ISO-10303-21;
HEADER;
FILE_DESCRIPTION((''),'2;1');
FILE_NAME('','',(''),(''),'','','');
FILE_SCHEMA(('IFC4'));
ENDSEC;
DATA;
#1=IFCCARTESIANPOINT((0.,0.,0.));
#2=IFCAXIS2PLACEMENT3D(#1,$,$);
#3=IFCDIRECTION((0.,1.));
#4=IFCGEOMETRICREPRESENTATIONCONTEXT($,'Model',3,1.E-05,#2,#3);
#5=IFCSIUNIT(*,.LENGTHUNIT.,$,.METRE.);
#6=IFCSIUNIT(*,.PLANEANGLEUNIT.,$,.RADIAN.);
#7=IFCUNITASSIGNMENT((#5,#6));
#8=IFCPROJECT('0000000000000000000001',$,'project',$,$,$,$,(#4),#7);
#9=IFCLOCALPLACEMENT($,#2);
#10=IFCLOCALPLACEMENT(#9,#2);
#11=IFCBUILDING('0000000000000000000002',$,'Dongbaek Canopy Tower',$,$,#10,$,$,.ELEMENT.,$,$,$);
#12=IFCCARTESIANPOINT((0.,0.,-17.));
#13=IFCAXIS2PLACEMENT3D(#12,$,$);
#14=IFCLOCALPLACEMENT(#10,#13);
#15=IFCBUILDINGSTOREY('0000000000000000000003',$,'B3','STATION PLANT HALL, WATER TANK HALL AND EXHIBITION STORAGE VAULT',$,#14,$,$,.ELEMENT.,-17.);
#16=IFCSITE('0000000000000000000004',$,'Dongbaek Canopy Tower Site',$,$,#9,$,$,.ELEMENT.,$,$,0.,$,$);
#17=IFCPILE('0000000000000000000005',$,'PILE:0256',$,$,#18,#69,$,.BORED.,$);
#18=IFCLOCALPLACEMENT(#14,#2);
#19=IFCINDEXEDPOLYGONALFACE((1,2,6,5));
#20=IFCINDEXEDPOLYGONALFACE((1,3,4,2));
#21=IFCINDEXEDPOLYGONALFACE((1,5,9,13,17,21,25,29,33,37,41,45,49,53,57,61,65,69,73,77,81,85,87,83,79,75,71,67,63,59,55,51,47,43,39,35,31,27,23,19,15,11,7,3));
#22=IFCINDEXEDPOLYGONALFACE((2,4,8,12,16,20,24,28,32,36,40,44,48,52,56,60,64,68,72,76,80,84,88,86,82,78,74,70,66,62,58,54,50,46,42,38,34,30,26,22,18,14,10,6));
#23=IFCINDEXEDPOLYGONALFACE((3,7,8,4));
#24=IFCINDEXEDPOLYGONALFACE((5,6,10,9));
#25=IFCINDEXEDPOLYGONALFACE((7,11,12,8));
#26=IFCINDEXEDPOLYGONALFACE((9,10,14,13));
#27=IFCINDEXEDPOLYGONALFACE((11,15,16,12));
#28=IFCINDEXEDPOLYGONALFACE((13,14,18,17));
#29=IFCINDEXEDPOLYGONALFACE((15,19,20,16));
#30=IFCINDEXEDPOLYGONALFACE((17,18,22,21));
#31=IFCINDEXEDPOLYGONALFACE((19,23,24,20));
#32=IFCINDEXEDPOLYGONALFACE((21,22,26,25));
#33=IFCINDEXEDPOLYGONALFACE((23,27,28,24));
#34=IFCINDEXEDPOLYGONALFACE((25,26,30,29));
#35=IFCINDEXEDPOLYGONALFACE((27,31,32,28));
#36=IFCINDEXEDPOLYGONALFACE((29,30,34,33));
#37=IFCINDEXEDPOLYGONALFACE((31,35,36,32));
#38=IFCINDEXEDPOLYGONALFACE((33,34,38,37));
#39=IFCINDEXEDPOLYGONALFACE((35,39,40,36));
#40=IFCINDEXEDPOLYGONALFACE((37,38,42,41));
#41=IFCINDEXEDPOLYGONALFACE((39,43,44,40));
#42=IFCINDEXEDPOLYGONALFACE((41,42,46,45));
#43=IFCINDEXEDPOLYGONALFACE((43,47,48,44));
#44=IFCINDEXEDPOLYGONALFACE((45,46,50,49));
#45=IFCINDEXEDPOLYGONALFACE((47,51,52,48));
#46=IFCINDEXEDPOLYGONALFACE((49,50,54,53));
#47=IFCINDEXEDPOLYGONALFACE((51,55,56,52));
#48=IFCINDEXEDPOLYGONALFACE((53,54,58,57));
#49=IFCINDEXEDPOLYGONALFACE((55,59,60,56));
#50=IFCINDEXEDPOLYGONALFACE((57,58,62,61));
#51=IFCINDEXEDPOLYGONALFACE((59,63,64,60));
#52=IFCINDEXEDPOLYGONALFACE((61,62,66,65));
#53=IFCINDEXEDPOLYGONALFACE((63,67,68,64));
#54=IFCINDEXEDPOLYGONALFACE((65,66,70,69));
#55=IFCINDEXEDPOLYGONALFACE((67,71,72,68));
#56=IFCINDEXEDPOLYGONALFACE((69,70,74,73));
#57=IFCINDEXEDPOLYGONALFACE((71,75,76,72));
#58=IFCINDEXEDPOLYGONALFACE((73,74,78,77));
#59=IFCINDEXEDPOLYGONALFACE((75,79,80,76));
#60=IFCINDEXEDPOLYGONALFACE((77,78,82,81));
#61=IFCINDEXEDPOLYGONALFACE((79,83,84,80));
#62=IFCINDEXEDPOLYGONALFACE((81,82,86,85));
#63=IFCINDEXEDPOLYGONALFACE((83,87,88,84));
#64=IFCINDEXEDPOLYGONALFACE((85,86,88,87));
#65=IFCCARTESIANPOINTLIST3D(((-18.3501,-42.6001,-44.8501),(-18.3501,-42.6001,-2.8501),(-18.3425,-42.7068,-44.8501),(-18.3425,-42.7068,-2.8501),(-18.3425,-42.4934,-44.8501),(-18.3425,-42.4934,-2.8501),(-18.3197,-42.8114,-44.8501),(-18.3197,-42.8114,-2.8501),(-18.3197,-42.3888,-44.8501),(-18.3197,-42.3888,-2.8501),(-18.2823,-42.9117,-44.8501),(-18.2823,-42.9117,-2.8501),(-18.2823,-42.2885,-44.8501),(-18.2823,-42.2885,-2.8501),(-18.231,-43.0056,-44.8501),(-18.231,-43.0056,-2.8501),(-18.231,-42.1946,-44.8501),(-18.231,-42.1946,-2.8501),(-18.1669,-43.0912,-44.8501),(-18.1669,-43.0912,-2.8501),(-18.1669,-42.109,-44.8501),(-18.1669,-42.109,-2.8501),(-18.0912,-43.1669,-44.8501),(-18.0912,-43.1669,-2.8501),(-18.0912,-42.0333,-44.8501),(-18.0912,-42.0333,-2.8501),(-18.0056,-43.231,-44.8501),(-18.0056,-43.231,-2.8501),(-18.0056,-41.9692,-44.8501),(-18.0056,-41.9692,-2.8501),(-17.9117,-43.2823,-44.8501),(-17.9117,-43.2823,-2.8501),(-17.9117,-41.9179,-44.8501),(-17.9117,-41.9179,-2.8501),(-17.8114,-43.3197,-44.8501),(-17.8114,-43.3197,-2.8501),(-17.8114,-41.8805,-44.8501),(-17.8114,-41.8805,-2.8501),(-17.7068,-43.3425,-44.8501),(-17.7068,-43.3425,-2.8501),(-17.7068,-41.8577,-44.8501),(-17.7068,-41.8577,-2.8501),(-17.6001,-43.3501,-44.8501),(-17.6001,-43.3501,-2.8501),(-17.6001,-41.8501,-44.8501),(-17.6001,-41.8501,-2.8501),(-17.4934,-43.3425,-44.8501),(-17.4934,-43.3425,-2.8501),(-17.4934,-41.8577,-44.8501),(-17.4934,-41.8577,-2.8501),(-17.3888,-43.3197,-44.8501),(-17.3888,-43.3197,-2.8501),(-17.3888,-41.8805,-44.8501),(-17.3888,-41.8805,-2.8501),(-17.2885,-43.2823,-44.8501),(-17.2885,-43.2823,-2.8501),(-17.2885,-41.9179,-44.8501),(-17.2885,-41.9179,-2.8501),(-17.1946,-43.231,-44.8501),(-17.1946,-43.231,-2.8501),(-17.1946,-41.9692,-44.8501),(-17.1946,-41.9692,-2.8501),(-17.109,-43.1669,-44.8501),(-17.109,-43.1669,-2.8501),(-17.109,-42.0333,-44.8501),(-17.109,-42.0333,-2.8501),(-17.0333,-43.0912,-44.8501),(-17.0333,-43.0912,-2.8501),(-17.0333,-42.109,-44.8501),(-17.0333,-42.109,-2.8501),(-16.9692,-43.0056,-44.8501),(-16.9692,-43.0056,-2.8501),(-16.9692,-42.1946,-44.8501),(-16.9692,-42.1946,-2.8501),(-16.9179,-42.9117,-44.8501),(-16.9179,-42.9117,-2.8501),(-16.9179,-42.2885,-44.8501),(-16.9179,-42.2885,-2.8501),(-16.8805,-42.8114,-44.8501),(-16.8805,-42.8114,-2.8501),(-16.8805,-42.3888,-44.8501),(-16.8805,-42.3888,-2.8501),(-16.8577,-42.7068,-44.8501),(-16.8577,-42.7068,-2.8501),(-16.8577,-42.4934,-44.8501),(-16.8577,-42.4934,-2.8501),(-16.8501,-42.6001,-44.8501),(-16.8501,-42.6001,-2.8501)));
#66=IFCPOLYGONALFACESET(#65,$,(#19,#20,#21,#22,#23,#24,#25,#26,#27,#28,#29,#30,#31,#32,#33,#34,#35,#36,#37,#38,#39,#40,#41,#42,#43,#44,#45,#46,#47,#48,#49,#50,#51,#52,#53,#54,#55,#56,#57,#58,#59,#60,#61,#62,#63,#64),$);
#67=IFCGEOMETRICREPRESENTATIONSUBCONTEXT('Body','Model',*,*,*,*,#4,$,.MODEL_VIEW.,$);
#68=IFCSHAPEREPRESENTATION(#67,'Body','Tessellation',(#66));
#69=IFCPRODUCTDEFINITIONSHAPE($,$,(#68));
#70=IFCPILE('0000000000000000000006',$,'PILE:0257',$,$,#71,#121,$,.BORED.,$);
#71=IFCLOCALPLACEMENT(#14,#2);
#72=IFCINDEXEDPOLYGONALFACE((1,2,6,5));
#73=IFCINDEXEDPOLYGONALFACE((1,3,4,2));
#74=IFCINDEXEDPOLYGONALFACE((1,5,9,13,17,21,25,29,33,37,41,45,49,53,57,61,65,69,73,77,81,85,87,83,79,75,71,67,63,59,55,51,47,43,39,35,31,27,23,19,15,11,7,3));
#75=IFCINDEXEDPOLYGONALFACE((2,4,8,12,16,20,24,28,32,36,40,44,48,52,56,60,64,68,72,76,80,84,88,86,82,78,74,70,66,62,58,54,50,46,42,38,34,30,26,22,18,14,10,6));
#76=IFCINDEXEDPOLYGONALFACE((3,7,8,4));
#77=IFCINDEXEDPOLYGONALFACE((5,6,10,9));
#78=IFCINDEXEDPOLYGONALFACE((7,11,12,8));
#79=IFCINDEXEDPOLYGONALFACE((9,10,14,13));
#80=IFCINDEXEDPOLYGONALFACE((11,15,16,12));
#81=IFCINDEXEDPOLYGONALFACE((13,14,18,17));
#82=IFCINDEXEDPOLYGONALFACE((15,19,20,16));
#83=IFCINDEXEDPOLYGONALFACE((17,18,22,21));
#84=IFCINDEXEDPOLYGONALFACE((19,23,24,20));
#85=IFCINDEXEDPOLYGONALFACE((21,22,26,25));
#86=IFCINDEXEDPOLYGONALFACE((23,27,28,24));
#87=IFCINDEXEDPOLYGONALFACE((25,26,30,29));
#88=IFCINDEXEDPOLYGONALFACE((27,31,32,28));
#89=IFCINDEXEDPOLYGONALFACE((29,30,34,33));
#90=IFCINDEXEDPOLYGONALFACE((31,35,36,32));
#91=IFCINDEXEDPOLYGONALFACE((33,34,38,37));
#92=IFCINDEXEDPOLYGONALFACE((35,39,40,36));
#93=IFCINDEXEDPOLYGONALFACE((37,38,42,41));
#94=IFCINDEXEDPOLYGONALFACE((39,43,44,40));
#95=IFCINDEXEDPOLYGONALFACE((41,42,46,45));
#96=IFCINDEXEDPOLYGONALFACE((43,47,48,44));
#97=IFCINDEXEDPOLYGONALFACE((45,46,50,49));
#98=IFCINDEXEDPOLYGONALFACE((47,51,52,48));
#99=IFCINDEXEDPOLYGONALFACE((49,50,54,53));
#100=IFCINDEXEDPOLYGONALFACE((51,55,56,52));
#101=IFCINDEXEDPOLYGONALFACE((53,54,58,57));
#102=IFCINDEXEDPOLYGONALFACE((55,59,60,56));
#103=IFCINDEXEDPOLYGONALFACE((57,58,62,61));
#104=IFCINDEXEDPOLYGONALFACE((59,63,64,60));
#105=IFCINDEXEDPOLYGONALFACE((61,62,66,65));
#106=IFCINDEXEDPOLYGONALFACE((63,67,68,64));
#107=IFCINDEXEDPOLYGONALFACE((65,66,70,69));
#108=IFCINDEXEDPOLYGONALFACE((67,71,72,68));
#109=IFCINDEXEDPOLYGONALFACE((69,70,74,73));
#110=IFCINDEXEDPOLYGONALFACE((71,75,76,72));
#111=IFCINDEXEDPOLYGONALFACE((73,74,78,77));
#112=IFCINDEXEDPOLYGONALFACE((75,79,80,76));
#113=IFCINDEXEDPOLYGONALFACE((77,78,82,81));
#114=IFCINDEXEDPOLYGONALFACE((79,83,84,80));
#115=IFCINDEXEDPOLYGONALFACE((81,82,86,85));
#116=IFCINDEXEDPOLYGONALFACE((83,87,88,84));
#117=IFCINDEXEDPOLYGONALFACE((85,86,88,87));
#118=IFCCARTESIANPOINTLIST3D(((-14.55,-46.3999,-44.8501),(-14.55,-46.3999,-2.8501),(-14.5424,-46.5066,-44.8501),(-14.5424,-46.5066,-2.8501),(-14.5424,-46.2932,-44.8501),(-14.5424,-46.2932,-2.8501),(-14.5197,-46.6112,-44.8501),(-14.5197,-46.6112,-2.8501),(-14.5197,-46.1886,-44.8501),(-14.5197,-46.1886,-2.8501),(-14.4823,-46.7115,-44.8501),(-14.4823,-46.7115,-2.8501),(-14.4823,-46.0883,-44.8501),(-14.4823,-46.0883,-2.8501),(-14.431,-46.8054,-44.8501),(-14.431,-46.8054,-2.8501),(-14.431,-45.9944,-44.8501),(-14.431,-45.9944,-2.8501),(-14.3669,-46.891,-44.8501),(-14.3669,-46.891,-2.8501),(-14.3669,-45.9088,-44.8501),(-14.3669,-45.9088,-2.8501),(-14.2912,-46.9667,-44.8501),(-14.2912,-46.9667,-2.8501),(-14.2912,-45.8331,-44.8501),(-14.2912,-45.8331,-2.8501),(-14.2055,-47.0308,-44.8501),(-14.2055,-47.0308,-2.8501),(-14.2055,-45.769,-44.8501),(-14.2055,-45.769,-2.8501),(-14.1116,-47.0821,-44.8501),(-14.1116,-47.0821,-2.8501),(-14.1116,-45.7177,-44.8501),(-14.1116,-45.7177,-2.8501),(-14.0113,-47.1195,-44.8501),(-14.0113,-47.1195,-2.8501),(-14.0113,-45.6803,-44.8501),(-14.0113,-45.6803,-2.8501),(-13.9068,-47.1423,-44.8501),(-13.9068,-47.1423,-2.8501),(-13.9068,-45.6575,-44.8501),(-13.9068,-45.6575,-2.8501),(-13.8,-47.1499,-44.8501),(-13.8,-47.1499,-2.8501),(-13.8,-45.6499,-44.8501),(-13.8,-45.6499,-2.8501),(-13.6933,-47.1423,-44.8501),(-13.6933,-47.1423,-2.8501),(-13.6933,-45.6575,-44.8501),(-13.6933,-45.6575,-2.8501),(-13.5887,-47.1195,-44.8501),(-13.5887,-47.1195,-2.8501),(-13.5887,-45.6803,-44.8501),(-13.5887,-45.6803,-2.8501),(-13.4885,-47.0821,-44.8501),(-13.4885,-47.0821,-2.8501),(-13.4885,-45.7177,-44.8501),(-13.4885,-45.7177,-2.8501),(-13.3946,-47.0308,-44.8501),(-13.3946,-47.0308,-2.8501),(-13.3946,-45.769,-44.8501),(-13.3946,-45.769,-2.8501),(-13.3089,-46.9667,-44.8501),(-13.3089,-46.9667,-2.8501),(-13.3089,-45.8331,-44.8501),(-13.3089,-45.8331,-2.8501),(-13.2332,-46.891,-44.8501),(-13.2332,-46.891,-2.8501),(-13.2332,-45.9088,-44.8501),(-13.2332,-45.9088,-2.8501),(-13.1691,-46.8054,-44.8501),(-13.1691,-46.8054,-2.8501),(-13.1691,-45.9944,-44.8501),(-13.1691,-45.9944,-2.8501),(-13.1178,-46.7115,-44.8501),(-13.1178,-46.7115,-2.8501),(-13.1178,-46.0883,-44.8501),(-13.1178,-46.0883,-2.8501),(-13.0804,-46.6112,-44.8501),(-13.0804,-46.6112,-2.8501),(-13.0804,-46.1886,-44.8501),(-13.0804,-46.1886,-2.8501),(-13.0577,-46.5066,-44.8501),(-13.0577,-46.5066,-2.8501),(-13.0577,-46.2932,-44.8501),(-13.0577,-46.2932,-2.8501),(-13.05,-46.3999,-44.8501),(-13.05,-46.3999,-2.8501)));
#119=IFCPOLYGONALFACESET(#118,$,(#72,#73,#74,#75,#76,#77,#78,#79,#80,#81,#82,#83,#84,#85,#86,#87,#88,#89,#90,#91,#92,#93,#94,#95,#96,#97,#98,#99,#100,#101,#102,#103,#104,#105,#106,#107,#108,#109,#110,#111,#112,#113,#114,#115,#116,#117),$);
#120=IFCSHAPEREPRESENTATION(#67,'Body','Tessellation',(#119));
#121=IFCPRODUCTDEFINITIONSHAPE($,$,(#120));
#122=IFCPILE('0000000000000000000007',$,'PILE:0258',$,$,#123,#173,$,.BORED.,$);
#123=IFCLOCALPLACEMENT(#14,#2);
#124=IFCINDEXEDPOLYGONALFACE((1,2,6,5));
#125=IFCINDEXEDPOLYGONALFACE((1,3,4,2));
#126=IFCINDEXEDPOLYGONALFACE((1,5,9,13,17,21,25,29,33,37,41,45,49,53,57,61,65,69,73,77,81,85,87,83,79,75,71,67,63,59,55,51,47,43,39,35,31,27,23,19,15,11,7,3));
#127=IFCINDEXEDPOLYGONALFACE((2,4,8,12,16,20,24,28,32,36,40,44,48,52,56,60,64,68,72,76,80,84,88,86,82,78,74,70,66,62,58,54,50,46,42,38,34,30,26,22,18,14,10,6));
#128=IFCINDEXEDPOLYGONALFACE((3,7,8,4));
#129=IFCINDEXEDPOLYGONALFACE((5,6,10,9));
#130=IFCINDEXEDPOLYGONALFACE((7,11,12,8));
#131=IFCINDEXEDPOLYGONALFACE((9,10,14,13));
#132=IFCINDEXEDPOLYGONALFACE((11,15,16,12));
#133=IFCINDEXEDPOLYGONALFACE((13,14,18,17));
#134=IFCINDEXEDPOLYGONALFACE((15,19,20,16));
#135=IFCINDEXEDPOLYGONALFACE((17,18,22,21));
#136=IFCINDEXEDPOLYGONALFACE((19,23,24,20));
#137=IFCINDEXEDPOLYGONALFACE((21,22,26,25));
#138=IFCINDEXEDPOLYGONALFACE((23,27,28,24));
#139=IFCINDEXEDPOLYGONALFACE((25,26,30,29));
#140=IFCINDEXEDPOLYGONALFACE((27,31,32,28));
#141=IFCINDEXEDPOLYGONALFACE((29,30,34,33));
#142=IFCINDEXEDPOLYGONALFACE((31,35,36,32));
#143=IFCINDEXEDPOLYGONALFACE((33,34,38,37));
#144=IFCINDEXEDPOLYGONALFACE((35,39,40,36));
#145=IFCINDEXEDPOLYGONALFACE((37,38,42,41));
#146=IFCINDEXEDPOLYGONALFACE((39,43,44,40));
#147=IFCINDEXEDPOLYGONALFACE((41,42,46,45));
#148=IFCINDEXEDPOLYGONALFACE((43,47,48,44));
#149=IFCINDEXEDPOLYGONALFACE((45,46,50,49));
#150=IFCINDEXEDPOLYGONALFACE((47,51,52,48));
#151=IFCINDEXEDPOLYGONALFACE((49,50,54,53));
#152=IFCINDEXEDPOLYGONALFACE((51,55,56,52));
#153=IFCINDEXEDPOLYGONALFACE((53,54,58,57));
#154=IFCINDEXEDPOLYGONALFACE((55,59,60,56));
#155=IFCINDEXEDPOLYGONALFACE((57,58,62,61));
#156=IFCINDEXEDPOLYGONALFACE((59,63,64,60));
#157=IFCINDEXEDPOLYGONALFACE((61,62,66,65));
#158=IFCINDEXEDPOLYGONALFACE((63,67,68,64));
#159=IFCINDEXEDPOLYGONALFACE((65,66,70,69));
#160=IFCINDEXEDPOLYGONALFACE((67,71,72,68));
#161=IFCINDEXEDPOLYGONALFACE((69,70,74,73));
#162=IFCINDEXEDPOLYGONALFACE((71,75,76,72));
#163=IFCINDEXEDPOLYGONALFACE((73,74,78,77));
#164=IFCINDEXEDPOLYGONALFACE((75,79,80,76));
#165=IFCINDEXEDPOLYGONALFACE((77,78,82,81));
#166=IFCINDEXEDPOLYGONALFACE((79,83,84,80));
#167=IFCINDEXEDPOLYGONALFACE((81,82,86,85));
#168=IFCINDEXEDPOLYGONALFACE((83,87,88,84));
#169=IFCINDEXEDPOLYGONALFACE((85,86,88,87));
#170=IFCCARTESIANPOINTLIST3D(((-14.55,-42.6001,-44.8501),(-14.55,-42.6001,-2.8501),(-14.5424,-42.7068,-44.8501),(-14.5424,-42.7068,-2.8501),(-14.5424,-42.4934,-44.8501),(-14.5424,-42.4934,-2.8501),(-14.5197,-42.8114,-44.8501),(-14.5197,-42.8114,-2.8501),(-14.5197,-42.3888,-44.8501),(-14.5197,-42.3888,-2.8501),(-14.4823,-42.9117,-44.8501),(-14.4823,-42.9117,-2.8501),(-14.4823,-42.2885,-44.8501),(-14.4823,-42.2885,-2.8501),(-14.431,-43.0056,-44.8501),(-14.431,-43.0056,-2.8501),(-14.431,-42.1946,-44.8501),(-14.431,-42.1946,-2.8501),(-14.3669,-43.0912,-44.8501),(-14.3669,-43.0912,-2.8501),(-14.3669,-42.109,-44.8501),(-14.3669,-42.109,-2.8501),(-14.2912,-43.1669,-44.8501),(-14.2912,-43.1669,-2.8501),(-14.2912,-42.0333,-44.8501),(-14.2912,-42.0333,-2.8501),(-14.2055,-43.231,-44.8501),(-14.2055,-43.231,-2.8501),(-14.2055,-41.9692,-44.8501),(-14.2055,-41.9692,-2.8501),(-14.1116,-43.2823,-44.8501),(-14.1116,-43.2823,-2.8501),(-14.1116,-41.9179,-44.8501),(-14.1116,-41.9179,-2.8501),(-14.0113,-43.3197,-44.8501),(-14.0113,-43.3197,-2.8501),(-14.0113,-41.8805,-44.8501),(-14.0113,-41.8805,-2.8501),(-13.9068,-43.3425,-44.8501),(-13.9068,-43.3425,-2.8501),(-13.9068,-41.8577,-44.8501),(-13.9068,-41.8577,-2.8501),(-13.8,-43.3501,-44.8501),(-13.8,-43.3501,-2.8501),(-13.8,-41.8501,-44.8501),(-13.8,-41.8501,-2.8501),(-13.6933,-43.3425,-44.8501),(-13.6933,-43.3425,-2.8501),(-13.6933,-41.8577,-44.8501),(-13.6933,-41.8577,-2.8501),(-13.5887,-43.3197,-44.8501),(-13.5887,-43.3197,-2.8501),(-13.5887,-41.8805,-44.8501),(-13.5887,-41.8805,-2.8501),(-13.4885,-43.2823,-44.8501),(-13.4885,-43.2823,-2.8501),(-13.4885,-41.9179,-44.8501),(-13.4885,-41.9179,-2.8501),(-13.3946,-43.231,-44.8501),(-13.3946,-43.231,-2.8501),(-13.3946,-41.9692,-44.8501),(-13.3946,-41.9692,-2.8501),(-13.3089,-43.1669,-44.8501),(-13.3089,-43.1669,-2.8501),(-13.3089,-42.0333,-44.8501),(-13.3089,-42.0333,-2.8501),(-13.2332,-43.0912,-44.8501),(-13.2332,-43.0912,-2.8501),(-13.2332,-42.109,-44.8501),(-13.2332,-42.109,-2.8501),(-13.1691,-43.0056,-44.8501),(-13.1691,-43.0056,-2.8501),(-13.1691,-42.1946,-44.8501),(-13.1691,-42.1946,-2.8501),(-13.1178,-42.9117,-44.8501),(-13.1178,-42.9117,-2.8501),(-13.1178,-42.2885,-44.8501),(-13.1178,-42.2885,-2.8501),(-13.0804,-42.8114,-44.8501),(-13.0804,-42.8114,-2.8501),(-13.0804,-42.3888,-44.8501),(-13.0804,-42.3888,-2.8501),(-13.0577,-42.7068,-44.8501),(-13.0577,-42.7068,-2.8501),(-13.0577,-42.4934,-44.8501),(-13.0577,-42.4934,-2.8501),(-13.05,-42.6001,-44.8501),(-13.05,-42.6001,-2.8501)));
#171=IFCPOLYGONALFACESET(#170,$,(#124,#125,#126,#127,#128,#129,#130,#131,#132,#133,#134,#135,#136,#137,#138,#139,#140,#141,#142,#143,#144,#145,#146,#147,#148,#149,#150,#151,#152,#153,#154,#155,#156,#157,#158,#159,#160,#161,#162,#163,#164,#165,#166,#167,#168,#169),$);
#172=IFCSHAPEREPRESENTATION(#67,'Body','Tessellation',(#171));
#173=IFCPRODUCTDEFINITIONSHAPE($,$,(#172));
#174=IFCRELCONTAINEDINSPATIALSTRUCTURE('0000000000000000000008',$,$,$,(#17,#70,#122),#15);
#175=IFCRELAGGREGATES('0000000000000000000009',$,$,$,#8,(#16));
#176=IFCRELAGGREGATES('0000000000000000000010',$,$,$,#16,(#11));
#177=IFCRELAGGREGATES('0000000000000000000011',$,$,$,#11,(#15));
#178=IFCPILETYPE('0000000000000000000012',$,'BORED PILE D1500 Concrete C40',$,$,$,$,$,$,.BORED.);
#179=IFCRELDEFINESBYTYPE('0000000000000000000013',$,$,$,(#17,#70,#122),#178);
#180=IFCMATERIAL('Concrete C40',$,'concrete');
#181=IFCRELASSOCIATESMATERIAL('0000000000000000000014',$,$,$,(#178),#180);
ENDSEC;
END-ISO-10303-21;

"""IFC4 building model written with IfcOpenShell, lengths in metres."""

from ifc_helpers import new_model, si_unit, direction, frame, origin, origin_2d, place, context, subcontext, project, spatial, circle, extrude, material, material_profile, profile_set, type_object, element, save


model = new_model("IFC4")

# Units and contexts
model_context = context("Model", 3, precision=1e-05, world=origin(), true_north=direction((0.0, 1.0)))
body_context = subcontext(model_context, "Body", "Model", "MODEL_VIEW")
ifc_project = project(units=[si_unit("LENGTHUNIT", "METRE"), si_unit("PLANEANGLEUNIT", "RADIAN")], contexts=[model_context])

# Site, building, storey
site_placement = place(None, origin())
site = spatial("IfcSite", under=ifc_project, at=site_placement, Name="Dongbaek Canopy Tower Site", CompositionType="ELEMENT", RefElevation=0.0)
building_placement = place(site_placement, origin())
building = spatial("IfcBuilding", under=site, at=building_placement, Name="Dongbaek Canopy Tower", CompositionType="ELEMENT")
storey_placement = place(building_placement, frame((0.0, 0.0, -17.0)))
storey = spatial("IfcBuildingStorey", under=building, at=storey_placement, Name="B3", Description="STATION PLANT HALL, WATER TANK HALL AND EXHIBITION STORAGE VAULT", CompositionType="ELEMENT", Elevation=-17.0)

# Piles
ifc_material_1 = material(Name="Concrete C40", Category="concrete")
ifc_material_profile_1 = material_profile(ifc_material_1, circle(Radius=0.75, at=origin_2d()), Name="BORED PILE D1500 Concrete C40")
ifc_profile_set_1 = profile_set([ifc_material_profile_1], Name="Concrete C40")
pile_type = type_object("IfcPileType", Name="BORED PILE D1500 Concrete C40", PredefinedType="BORED", material=ifc_profile_set_1)
for number, where, z_axis, x_axis, name in (
    (1, (-17.6001, -42.6001, -2.8501), (0.0, 0.0, -1.0), (1.0, 0.0, 0.0), "PILE:0256"),
    (2, (-13.8, -46.3999, -2.8501), (0.0, 0.0, -1.0), (1.0, 0.0, 0.0), "PILE:0257"),
    (3, (-13.8, -42.6001, -2.8501), (0.0, 0.0, -1.0), (1.0, 0.0, 0.0), "PILE:0258"),
):
    element("IfcPile", number, at=place(storey_placement, frame(where, z_axis=z_axis, x_axis=x_axis)), inside=storey, type_object=pile_type, Name=name, PredefinedType="BORED", context=body_context, shape_type="SweptSolid", body=[
        extrude(circle(Radius=0.75, at=origin_2d()), origin(), (0.0, 0.0, 1.0), 42.0),
    ])

save(model, "model.ifc")
